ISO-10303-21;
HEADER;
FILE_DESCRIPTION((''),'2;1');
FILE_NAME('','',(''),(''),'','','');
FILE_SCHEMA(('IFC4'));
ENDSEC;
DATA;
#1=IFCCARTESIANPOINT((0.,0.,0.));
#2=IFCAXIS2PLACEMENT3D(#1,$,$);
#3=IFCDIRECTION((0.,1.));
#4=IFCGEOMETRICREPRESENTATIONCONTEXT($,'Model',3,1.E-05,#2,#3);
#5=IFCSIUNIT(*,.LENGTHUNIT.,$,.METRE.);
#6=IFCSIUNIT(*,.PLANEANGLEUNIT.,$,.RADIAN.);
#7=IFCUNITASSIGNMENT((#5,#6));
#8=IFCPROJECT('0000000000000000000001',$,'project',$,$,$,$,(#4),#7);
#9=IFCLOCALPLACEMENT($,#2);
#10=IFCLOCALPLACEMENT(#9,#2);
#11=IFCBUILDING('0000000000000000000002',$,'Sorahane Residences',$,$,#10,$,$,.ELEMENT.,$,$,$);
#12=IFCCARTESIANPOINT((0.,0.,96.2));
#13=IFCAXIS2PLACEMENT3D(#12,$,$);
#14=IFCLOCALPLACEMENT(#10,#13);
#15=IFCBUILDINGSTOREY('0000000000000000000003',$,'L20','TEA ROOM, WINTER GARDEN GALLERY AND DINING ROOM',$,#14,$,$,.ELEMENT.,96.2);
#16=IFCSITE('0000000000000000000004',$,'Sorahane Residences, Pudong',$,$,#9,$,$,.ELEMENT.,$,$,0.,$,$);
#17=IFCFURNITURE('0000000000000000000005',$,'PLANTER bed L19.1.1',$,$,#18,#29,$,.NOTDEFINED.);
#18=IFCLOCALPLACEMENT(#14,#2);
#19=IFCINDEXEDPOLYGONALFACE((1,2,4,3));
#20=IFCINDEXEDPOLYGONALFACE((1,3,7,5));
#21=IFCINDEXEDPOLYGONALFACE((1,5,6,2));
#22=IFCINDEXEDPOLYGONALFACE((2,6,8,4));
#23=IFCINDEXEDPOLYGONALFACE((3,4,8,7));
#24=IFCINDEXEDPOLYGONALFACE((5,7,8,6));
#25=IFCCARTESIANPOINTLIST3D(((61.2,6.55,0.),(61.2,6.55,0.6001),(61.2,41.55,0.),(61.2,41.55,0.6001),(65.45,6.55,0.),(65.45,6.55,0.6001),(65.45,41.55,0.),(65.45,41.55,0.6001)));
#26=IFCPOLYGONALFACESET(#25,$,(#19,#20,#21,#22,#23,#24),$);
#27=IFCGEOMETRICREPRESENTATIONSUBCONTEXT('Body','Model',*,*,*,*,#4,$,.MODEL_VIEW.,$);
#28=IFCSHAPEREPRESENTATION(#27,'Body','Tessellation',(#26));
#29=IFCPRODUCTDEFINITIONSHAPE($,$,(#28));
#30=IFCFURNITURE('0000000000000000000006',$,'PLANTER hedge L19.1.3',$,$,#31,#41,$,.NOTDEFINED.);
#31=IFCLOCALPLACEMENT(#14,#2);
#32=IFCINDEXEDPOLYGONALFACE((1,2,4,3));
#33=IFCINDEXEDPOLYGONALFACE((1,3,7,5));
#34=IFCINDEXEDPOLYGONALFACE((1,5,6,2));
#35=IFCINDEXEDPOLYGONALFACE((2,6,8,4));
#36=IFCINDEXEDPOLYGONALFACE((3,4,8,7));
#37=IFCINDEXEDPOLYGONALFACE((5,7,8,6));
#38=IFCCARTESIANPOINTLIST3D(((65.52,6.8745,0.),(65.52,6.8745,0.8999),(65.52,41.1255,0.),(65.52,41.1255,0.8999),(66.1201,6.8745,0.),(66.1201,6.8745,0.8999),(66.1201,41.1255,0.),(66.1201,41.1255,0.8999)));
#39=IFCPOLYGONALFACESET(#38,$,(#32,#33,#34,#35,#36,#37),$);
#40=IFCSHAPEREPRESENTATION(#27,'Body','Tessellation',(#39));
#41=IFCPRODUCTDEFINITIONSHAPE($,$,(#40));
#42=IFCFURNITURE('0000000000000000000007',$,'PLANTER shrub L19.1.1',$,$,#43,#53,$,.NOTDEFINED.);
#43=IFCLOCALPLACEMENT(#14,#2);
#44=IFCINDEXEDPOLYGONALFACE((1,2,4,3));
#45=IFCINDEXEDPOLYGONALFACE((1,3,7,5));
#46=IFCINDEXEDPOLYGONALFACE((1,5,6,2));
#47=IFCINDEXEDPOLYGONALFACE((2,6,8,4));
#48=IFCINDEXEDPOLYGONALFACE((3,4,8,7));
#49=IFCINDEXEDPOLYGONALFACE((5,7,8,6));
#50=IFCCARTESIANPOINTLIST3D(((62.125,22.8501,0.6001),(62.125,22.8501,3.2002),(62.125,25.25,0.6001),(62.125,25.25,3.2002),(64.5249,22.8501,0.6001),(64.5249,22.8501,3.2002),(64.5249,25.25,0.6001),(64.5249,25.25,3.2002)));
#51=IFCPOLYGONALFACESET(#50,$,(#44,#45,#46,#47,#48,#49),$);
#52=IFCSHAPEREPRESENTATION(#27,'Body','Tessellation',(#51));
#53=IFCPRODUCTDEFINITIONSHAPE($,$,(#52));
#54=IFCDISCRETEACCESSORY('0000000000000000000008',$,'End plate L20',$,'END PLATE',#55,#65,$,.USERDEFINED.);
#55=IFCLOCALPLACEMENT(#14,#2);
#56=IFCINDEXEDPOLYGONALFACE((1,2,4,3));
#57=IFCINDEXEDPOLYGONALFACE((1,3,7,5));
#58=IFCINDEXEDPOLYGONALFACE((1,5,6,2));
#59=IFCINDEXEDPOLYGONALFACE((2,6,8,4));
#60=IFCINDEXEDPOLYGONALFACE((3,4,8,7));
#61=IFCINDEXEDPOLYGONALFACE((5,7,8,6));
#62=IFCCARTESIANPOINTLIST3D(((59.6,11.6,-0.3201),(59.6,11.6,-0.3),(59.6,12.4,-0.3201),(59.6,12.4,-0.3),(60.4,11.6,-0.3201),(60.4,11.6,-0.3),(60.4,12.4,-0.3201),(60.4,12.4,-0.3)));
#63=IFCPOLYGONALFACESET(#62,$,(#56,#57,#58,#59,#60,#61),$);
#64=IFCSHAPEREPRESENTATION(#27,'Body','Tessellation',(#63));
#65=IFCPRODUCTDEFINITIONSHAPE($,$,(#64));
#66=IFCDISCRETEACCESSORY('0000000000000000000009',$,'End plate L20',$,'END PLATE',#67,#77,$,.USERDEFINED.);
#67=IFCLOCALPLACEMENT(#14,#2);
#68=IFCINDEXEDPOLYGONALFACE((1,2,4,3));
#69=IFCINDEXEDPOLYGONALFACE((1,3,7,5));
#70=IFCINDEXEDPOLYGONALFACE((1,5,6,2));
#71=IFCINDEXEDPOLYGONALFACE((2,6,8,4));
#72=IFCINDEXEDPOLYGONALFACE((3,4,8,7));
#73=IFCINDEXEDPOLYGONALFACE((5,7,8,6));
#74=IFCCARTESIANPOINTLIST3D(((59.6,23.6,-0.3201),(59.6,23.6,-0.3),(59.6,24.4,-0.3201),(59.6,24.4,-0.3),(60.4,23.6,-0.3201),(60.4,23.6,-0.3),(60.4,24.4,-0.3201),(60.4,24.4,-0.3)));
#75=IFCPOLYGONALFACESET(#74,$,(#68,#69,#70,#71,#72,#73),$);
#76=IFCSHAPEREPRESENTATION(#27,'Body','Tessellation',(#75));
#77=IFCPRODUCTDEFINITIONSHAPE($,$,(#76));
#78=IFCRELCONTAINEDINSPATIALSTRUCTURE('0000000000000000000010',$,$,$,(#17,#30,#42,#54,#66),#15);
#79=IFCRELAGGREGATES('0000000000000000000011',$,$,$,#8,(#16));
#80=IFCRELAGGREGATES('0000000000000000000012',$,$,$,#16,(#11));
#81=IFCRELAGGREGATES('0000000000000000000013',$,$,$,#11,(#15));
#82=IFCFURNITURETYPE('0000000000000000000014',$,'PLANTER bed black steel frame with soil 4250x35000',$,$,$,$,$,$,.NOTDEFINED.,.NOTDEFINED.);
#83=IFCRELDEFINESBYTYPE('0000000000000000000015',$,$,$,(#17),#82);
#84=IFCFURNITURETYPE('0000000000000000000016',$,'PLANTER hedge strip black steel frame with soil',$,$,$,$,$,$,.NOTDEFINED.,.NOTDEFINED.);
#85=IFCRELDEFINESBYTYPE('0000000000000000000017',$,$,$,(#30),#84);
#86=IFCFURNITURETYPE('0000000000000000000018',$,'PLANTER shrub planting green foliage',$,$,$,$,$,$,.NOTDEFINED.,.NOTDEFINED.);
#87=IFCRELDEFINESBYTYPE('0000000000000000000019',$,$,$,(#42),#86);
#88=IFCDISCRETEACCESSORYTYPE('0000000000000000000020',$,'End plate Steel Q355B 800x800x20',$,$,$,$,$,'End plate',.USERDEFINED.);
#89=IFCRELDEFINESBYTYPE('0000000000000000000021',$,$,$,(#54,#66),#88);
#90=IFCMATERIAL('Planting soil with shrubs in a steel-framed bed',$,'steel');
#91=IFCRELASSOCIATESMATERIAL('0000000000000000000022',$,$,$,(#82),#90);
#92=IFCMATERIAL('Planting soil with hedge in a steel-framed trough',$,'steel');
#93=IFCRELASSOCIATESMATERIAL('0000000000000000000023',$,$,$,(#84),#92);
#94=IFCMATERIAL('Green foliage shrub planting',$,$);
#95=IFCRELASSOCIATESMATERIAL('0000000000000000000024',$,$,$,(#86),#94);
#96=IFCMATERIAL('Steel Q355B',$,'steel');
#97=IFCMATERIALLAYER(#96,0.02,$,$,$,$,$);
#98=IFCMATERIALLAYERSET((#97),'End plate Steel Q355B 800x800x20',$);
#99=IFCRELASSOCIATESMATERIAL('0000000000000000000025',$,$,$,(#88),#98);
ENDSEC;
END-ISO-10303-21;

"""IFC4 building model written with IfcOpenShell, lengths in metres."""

from ifc_helpers import new_model, si_unit, direction, frame, origin, origin_2d, place, context, subcontext, project, spatial, rectangle, extrude, material, layer, layer_set, type_object, element, save


model = new_model("IFC4")

# Units and contexts
model_context = context("Model", 3, precision=1e-05, world=origin(), true_north=direction((0.0, 1.0)))
body_context = subcontext(model_context, "Body", "Model", "MODEL_VIEW")
ifc_project = project(units=[si_unit("LENGTHUNIT", "METRE"), si_unit("PLANEANGLEUNIT", "RADIAN")], contexts=[model_context])

# Site, building, storey
site_placement = place(None, origin())
site = spatial("IfcSite", under=ifc_project, at=site_placement, Name="Sorahane Residences, Pudong", CompositionType="ELEMENT", RefElevation=0.0)
building_placement = place(site_placement, origin())
building = spatial("IfcBuilding", under=site, at=building_placement, Name="Sorahane Residences", CompositionType="ELEMENT")
storey_placement = place(building_placement, frame((0.0, 0.0, 96.2)))
storey = spatial("IfcBuildingStorey", under=building, at=storey_placement, Name="L20", Description="TEA ROOM, WINTER GARDEN GALLERY AND DINING ROOM", CompositionType="ELEMENT", Elevation=96.2)

# Furniture
ifc_material_1 = material(Name="Planting soil with shrubs in a steel-framed bed", Category="steel")
furniture_type_1 = type_object("IfcFurnitureType", Name="PLANTER bed black steel frame with soil 4250x35000", AssemblyPlace="NOTDEFINED", PredefinedType="NOTDEFINED", material=ifc_material_1)
furniture_1_placement = place(storey_placement, frame((63.325, 24.05, 0.0), z_axis=(0.0, 0.0, 1.0), x_axis=(1.0, 0.0, 0.0)))
element("IfcFurniture", 1, at=furniture_1_placement, inside=storey, type_object=furniture_type_1, Name="PLANTER bed L19.1.1", PredefinedType="NOTDEFINED", context=body_context, shape_type="SweptSolid", body=[
    extrude(rectangle(XDim=4.25, YDim=35.0, at=origin_2d()), origin(), (0.0, 0.0, 1.0), 0.6001),
])
ifc_material_2 = material(Name="Planting soil with hedge in a steel-framed trough", Category="steel")
furniture_type_2 = type_object("IfcFurnitureType", Name="PLANTER hedge strip black steel frame with soil", AssemblyPlace="NOTDEFINED", PredefinedType="NOTDEFINED", material=ifc_material_2)
furniture_2_placement = place(storey_placement, frame((65.8201, 24.0, 0.0), z_axis=(0.0, 0.0, 1.0), x_axis=(0.0, -1.0, 0.0)))
element("IfcFurniture", 2, at=furniture_2_placement, inside=storey, type_object=furniture_type_2, Name="PLANTER hedge L19.1.3", PredefinedType="NOTDEFINED", context=body_context, shape_type="SweptSolid", body=[
    extrude(rectangle(XDim=34.251, YDim=0.6001, at=origin_2d()), origin(), (0.0, 0.0, 1.0), 0.8999),
])
ifc_material_3 = material(Name="Green foliage shrub planting")
furniture_type_3 = type_object("IfcFurnitureType", Name="PLANTER shrub planting green foliage", AssemblyPlace="NOTDEFINED", PredefinedType="NOTDEFINED", material=ifc_material_3)
furniture_3_placement = place(storey_placement, frame((63.325, 24.05, 0.6001), z_axis=(0.0, 0.0, 1.0), x_axis=(1.0, 0.0, 0.0)))
element("IfcFurniture", 3, at=furniture_3_placement, inside=storey, type_object=furniture_type_3, Name="PLANTER shrub L19.1.1", PredefinedType="NOTDEFINED", context=body_context, shape_type="SweptSolid", body=[
    extrude(rectangle(XDim=2.3999, YDim=2.3999, at=origin_2d()), origin(), (0.0, 0.0, 1.0), 2.6001),
])

# Discrete accessories
ifc_material_4 = material(Name="Steel Q355B", Category="steel")
ifc_layer_1 = layer(ifc_material_4, 0.02)
ifc_layer_set_1 = layer_set([ifc_layer_1], Name="End plate Steel Q355B 800x800x20")
discrete_accessory_type = type_object("IfcDiscreteAccessoryType", Name="End plate Steel Q355B 800x800x20", ElementType="End plate", PredefinedType="USERDEFINED", material=ifc_layer_set_1)
for number, where, z_axis, x_axis, name in (
    (4, (60.0, 12.0, -0.3201), (0.0, 0.0, 1.0), (1.0, 0.0, 0.0), "End plate L20"),
    (5, (60.0, 24.0, -0.3201), (0.0, 0.0, 1.0), (1.0, 0.0, 0.0), "End plate L20"),
):
    element("IfcDiscreteAccessory", number, at=place(storey_placement, frame(where, z_axis=z_axis, x_axis=x_axis)), inside=storey, type_object=discrete_accessory_type, Name=name, ObjectType="END PLATE", PredefinedType="USERDEFINED", context=body_context, shape_type="SweptSolid", body=[
        extrude(rectangle(XDim=0.8, YDim=0.8, at=origin_2d()), origin(), (0.0, 0.0, 1.0), 0.02),
    ])

save(model, "model.ifc")
